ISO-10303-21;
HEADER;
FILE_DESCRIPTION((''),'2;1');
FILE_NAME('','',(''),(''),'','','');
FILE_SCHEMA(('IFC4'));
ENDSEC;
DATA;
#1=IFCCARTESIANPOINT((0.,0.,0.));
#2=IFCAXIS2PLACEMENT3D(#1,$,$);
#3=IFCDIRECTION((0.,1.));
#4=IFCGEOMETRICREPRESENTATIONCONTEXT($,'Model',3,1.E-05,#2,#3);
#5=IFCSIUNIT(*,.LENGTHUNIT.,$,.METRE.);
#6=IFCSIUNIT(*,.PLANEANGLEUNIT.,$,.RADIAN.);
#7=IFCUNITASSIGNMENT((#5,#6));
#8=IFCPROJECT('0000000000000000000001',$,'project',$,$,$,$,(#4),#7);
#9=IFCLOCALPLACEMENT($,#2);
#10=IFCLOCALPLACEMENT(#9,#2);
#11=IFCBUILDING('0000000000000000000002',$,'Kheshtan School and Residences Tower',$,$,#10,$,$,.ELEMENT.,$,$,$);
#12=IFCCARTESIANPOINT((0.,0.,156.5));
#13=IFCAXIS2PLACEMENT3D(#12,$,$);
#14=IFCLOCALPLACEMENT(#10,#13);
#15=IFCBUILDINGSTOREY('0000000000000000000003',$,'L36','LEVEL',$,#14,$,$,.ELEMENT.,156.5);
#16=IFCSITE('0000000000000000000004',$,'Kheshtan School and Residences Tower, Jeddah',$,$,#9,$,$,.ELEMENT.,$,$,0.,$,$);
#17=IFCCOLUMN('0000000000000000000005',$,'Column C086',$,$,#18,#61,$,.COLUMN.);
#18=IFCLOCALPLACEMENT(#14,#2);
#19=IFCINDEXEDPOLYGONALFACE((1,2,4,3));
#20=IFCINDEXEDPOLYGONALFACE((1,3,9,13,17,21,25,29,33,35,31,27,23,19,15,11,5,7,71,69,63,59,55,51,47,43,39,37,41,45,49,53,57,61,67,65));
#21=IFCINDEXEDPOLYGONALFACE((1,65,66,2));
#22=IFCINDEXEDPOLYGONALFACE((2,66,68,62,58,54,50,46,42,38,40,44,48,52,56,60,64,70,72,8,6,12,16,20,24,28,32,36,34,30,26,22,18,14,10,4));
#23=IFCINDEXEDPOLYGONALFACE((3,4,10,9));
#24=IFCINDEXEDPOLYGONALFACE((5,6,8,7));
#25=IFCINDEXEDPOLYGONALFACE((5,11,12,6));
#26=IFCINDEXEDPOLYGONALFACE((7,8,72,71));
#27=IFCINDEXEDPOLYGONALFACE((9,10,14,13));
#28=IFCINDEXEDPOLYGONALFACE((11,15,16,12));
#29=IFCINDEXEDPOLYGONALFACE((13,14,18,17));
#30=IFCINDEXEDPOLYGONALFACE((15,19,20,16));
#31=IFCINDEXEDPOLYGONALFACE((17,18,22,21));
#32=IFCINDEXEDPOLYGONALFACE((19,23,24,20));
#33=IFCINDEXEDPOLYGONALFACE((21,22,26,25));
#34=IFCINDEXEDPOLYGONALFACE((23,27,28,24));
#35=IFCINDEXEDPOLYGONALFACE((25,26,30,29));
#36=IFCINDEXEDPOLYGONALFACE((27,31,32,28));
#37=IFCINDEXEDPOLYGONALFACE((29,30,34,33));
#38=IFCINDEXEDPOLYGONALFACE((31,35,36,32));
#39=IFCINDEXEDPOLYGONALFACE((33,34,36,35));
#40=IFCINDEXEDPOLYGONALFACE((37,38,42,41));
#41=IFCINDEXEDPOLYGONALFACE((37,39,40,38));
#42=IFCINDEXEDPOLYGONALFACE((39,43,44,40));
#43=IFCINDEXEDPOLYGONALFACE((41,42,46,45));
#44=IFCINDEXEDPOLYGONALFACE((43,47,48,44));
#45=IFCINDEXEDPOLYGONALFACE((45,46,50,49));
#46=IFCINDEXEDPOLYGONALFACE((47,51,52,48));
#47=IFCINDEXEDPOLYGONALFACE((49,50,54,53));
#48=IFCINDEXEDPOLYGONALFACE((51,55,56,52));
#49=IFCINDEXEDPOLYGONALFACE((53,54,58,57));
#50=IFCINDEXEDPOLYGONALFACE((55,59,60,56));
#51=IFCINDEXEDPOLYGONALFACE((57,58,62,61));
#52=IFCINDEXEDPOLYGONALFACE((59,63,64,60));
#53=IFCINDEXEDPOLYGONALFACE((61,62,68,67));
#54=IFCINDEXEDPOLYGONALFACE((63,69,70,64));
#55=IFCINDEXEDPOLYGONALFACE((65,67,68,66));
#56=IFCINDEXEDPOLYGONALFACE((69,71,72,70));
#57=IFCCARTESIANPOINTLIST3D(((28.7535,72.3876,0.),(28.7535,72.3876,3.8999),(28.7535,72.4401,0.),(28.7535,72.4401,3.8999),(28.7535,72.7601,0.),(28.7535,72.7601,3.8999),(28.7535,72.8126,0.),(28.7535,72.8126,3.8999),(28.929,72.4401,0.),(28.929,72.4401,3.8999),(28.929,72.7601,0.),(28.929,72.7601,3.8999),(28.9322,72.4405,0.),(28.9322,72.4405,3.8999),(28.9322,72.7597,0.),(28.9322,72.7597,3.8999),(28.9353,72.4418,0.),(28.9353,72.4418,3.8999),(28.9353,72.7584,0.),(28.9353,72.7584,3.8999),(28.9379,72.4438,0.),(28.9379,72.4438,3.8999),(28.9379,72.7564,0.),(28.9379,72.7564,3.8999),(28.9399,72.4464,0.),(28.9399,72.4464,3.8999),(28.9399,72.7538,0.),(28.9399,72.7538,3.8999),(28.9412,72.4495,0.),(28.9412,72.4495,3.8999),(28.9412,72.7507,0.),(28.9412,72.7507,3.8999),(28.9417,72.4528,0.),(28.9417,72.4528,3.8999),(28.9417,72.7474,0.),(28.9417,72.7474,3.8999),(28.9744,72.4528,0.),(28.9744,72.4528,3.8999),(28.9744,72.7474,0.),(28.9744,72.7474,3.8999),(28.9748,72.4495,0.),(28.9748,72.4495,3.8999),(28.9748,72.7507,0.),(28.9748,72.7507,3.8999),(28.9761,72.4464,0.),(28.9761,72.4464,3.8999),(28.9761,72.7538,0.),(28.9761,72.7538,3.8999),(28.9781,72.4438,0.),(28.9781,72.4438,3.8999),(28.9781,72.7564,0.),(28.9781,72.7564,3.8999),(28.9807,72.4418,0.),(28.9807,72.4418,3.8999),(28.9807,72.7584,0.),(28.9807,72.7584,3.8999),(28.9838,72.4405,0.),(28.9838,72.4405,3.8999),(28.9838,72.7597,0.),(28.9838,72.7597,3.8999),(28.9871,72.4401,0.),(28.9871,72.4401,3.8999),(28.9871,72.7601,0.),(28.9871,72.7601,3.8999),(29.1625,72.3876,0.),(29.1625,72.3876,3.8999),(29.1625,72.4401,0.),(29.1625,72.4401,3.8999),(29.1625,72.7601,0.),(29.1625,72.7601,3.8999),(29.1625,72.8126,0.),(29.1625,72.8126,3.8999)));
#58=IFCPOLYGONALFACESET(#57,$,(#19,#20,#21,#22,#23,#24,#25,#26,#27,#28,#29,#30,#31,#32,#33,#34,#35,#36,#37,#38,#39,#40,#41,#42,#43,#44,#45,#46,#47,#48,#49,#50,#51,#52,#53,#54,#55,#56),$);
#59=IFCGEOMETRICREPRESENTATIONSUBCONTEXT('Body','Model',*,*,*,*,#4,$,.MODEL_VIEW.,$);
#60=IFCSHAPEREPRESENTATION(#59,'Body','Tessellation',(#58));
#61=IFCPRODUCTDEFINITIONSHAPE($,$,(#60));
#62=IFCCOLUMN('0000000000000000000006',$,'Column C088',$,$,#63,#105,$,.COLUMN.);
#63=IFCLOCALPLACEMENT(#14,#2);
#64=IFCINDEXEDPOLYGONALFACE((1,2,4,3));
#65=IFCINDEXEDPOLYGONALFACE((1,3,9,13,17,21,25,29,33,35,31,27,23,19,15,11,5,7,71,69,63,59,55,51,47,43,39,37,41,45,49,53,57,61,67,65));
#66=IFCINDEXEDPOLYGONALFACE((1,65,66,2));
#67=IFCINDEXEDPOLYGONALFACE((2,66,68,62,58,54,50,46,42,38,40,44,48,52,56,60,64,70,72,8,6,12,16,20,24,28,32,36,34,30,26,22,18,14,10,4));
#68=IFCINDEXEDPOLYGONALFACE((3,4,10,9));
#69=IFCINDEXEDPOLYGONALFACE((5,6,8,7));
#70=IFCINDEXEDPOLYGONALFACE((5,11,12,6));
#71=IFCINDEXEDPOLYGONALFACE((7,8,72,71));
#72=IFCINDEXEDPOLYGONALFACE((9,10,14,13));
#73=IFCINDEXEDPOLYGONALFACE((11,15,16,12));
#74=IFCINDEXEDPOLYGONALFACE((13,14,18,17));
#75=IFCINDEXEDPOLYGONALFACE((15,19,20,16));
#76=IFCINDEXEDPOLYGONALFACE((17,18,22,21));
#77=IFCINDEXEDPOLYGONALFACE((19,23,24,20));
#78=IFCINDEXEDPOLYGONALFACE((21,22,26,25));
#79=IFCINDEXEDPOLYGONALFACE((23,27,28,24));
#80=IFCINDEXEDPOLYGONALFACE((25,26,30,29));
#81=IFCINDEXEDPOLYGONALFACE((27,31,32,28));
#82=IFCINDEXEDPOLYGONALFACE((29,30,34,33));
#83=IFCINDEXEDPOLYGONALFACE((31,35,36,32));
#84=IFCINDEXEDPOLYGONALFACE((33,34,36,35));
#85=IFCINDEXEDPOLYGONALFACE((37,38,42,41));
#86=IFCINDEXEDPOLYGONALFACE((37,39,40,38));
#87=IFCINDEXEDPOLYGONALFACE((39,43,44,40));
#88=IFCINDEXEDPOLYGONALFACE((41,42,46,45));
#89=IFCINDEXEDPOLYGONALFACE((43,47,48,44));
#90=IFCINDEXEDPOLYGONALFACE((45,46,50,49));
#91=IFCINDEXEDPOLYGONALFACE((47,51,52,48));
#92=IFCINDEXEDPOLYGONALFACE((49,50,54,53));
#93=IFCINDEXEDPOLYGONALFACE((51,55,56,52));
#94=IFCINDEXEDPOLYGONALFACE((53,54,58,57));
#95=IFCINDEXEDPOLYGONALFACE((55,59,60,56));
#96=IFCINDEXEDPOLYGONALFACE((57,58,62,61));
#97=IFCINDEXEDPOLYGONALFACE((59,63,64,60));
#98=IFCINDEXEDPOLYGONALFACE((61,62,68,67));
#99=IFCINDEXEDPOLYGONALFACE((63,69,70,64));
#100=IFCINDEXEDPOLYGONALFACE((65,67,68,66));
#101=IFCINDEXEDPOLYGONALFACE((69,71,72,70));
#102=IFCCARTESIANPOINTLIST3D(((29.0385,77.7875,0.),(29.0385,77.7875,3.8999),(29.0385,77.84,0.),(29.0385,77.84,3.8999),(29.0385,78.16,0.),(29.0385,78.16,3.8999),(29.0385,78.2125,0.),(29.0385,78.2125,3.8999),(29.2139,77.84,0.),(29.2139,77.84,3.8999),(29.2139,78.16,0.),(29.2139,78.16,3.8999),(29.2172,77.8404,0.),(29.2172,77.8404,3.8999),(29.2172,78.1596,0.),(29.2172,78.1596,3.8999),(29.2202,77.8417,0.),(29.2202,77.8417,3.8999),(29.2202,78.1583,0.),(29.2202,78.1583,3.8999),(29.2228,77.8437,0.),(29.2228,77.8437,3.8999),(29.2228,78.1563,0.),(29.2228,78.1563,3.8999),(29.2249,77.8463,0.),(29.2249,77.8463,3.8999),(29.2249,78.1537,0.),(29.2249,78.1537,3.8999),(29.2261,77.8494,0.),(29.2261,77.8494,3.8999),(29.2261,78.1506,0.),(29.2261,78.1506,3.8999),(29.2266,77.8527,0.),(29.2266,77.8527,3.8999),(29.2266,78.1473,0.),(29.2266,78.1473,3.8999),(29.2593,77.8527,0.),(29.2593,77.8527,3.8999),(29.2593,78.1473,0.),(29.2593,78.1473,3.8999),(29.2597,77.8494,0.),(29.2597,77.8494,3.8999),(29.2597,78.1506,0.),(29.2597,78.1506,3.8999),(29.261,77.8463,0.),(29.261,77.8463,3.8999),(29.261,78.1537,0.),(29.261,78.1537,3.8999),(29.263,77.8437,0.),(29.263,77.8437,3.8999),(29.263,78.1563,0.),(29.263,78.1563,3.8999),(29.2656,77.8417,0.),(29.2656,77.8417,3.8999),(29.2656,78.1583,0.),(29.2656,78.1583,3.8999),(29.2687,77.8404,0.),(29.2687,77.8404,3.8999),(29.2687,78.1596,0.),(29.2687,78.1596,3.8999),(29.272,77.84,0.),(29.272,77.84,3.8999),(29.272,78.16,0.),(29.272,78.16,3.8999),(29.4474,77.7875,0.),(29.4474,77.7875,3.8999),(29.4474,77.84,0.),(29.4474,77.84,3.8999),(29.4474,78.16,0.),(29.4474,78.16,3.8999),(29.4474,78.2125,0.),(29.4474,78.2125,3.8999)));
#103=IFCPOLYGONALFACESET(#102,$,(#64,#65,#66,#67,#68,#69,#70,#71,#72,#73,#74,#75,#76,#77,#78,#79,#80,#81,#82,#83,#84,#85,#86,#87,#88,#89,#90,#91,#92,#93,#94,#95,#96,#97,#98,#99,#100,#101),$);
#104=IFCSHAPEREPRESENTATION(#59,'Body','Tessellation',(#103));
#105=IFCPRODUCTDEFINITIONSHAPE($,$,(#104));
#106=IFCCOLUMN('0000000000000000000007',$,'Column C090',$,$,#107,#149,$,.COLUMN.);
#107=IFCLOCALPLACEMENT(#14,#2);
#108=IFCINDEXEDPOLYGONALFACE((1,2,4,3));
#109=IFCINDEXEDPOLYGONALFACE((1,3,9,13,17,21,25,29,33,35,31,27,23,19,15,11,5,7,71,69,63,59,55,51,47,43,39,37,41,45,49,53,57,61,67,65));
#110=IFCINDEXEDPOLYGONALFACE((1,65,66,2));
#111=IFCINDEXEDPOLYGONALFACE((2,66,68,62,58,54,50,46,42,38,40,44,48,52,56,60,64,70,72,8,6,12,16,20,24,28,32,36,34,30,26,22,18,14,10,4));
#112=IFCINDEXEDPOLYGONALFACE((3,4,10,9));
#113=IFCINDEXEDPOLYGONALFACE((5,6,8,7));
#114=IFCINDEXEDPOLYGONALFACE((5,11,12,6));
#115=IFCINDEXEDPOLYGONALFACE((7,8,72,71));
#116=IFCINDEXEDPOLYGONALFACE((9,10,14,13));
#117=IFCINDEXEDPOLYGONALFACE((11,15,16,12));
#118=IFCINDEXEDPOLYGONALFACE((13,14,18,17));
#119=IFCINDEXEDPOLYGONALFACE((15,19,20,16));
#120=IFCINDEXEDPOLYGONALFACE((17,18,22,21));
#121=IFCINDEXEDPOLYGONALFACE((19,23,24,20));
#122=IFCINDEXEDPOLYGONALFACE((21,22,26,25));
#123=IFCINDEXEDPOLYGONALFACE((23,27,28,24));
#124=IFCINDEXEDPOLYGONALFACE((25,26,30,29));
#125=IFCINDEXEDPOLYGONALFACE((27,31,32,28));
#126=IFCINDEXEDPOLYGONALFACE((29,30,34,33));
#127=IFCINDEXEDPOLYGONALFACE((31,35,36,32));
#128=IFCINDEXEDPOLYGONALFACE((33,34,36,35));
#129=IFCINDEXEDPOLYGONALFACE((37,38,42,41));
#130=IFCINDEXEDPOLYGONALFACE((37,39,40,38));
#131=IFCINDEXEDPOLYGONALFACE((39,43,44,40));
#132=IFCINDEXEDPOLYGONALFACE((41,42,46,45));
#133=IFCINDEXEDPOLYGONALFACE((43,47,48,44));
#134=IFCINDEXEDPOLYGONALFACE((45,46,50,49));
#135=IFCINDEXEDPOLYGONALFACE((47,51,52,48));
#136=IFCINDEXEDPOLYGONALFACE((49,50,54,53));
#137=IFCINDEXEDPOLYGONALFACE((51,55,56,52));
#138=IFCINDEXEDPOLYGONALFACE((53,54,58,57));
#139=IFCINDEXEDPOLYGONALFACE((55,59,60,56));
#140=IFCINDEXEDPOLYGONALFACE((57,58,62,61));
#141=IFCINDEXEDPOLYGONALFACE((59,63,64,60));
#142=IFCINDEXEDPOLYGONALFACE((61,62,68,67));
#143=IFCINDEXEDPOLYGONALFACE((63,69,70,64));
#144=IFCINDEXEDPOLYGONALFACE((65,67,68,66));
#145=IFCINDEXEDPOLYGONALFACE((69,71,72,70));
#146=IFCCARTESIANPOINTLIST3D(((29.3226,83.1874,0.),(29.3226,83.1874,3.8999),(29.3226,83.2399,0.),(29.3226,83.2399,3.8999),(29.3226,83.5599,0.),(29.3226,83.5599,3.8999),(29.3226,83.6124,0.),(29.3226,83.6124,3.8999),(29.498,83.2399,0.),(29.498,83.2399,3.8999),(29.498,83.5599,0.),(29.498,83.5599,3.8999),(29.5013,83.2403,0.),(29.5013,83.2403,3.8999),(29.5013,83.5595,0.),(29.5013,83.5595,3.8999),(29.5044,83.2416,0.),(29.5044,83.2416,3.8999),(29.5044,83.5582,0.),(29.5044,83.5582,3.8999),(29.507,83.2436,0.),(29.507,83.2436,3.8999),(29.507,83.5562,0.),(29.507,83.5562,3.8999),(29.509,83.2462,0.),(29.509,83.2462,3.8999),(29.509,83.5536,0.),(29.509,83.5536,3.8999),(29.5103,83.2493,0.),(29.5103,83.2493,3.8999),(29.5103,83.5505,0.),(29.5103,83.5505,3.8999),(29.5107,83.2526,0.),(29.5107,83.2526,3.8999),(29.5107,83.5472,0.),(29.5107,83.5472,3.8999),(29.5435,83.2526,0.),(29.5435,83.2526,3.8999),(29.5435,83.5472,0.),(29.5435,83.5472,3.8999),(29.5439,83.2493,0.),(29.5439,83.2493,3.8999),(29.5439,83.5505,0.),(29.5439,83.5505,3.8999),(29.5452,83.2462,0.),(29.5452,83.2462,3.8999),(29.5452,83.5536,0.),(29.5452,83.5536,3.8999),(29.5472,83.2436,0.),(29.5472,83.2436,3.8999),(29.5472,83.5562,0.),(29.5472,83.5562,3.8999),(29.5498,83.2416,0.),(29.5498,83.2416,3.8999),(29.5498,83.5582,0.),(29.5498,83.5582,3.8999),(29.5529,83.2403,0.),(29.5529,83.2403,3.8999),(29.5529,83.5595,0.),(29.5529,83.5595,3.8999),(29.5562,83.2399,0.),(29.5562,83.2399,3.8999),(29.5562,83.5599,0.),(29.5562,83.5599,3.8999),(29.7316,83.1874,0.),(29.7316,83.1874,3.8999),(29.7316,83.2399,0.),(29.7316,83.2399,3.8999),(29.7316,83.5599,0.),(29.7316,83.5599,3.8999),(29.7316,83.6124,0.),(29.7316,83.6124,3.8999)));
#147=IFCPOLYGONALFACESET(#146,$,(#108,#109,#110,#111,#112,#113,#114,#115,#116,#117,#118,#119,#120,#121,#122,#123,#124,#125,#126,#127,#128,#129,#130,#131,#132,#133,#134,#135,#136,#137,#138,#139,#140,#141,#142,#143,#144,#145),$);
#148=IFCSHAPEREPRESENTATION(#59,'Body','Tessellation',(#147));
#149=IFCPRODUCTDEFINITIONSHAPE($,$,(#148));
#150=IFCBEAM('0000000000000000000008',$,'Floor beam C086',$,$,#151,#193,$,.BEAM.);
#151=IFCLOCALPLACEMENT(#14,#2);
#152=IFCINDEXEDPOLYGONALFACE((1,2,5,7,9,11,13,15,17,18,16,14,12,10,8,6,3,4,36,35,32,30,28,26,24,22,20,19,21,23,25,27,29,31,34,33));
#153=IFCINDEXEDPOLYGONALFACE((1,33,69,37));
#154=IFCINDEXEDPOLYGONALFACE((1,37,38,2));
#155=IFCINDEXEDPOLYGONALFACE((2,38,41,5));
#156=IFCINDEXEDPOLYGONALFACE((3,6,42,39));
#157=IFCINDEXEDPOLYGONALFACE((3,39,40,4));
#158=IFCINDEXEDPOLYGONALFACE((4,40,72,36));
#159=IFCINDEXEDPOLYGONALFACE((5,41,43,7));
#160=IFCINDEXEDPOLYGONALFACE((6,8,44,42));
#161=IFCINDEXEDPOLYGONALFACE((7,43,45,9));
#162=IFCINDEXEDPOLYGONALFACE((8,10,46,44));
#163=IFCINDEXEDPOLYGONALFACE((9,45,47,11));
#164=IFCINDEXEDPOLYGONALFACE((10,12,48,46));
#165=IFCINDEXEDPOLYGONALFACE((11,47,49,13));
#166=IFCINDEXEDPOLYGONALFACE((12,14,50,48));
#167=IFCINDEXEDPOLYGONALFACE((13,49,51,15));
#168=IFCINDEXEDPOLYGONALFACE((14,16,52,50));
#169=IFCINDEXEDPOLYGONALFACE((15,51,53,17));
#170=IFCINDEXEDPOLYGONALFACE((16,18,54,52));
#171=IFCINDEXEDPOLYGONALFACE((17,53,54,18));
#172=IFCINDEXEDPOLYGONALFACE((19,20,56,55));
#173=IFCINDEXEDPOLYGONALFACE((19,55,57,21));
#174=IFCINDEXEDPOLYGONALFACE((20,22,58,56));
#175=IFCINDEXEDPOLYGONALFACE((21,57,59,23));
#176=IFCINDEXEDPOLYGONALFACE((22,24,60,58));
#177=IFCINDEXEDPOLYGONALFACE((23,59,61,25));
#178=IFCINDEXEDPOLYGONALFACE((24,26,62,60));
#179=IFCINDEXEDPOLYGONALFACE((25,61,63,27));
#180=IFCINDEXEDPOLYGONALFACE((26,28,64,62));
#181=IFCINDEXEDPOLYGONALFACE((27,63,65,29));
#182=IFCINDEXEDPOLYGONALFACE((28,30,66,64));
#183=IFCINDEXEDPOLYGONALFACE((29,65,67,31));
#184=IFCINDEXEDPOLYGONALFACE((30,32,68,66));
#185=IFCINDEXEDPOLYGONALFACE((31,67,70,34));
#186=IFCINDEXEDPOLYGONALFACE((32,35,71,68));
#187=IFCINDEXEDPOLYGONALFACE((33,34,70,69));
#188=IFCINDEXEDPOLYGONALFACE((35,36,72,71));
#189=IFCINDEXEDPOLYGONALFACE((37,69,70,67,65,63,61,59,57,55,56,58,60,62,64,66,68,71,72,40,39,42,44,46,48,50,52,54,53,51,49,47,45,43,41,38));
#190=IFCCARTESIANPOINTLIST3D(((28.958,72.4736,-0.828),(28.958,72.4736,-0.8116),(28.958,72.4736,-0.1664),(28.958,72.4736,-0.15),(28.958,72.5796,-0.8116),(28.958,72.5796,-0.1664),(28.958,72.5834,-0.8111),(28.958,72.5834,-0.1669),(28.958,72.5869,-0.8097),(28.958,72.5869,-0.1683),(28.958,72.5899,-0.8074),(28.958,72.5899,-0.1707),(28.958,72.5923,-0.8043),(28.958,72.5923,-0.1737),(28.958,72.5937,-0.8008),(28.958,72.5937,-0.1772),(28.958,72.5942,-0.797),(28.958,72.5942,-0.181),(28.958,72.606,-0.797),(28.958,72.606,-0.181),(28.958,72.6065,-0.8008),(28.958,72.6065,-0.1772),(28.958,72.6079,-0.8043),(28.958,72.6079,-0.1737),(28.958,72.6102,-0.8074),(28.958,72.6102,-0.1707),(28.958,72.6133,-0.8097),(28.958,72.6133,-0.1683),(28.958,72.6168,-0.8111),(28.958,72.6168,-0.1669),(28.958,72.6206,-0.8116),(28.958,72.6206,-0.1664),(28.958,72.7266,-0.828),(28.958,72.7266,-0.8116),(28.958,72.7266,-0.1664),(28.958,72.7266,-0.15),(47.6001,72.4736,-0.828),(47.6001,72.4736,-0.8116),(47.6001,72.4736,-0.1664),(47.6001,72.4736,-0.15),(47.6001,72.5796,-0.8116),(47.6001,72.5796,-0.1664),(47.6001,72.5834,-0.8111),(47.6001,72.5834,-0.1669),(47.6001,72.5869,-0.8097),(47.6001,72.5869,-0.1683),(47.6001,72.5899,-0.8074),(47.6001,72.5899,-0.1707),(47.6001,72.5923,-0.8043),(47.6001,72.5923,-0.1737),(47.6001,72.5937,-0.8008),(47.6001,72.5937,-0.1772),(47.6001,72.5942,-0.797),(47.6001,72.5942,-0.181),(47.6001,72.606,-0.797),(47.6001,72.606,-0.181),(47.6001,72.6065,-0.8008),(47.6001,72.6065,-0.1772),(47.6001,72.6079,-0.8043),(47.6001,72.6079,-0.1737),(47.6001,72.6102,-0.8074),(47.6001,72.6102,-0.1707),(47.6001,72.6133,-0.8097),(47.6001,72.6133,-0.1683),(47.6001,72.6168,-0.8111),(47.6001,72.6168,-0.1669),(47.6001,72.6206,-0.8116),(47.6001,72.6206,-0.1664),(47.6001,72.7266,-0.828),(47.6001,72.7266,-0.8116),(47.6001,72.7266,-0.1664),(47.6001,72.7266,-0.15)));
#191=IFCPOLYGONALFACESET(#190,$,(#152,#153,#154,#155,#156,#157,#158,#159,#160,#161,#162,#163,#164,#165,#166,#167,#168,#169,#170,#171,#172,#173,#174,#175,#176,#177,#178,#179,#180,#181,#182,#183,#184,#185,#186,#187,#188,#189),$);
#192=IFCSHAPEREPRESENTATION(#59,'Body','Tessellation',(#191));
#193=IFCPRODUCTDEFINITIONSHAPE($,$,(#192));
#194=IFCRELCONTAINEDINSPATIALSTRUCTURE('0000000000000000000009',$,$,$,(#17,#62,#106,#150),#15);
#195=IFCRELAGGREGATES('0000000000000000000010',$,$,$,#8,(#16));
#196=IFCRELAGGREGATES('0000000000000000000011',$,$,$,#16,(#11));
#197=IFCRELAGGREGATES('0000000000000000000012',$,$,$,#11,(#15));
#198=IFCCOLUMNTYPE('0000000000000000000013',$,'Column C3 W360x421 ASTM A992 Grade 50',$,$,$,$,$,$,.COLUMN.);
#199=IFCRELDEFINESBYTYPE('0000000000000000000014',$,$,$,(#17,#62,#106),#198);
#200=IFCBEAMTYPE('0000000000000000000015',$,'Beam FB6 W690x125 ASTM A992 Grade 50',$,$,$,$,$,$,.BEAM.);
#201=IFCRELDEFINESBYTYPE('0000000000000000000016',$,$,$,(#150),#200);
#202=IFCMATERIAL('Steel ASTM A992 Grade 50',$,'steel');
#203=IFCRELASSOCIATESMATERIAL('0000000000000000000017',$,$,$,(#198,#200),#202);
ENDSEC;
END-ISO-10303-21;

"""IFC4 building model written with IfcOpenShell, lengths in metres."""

from ifc_helpers import new_model, si_unit, direction, frame, origin, origin_2d, place, context, subcontext, project, spatial, i_section, extrude, material, material_profile, profile_set, type_object, element, save


model = new_model("IFC4")

# Units and contexts
model_context = context("Model", 3, precision=1e-05, world=origin(), true_north=direction((0.0, 1.0)))
body_context = subcontext(model_context, "Body", "Model", "MODEL_VIEW")
ifc_project = project(units=[si_unit("LENGTHUNIT", "METRE"), si_unit("PLANEANGLEUNIT", "RADIAN")], contexts=[model_context])

# Site, building, storey
site_placement = place(None, origin())
site = spatial("IfcSite", under=ifc_project, at=site_placement, Name="Kheshtan School and Residences Tower, Jeddah", CompositionType="ELEMENT", RefElevation=0.0)
building_placement = place(site_placement, origin())
building = spatial("IfcBuilding", under=site, at=building_placement, Name="Kheshtan School and Residences Tower", CompositionType="ELEMENT")
storey_placement = place(building_placement, frame((0.0, 0.0, 156.5)))
storey = spatial("IfcBuildingStorey", under=building, at=storey_placement, Name="L36", Description="LEVEL", CompositionType="ELEMENT", Elevation=156.5)

# Columns
ifc_material_1 = material(Name="Steel ASTM A992 Grade 50", Category="steel")
ifc_material_profile_1 = material_profile(ifc_material_1, i_section(OverallWidth=0.4089, OverallDepth=0.425, WebThickness=0.0327, FlangeThickness=0.0525, FilletRadius=0.0127, at=origin_2d()), Name="W360x421")
ifc_profile_set_1 = profile_set([ifc_material_profile_1], Name="Steel ASTM A992 Grade 50")
column_type = type_object("IfcColumnType", Name="Column C3 W360x421 ASTM A992 Grade 50", PredefinedType="COLUMN", material=ifc_profile_set_1)
for number, where, z_axis, x_axis, name in (
    (1, (28.958, 72.6001, 0.0), (0.0, 0.0, 1.0), (1.0, 0.0, 0.0), "Column C086"),
    (2, (29.2429, 78.0, 0.0), (0.0, 0.0, 1.0), (1.0, 0.0, 0.0), "Column C088"),
    (3, (29.5271, 83.3999, 0.0), (0.0, 0.0, 1.0), (1.0, 0.0, 0.0), "Column C090"),
):
    element("IfcColumn", number, at=place(storey_placement, frame(where, z_axis=z_axis, x_axis=x_axis)), inside=storey, type_object=column_type, Name=name, PredefinedType="COLUMN", context=body_context, shape_type="SweptSolid", body=[
        extrude(i_section(OverallWidth=0.4089, OverallDepth=0.425, WebThickness=0.0327, FlangeThickness=0.0525, FilletRadius=0.0127, at=origin_2d()), origin(), (0.0, 0.0, 1.0), 3.8999),
    ])

# Beam
ifc_material_profile_2 = material_profile(ifc_material_1, i_section(OverallWidth=0.2529, OverallDepth=0.678, WebThickness=0.0117, FlangeThickness=0.0164, FilletRadius=0.0146, at=origin_2d()), Name="W690x125")
ifc_profile_set_2 = profile_set([ifc_material_profile_2], Name="Steel ASTM A992 Grade 50")
beam_type_1 = type_object("IfcBeamType", Name="Beam FB6 W690x125 ASTM A992 Grade 50", PredefinedType="BEAM", material=ifc_profile_set_2)
beam_1_placement = place(storey_placement, frame((28.958, 72.6001, -0.489), z_axis=(1.0, 0.0, 0.0), x_axis=(0.0, 1.0, 0.0)))
element("IfcBeam", 4, at=beam_1_placement, inside=storey, type_object=beam_type_1, Name="Floor beam C086", PredefinedType="BEAM", context=body_context, shape_type="SweptSolid", body=[
    extrude(i_section(OverallWidth=0.2529, OverallDepth=0.678, WebThickness=0.0117, FlangeThickness=0.0164, FilletRadius=0.0146, at=origin_2d()), origin(), (0.0, 0.0, 1.0), 18.6421),
])

save(model, "model.ifc")
